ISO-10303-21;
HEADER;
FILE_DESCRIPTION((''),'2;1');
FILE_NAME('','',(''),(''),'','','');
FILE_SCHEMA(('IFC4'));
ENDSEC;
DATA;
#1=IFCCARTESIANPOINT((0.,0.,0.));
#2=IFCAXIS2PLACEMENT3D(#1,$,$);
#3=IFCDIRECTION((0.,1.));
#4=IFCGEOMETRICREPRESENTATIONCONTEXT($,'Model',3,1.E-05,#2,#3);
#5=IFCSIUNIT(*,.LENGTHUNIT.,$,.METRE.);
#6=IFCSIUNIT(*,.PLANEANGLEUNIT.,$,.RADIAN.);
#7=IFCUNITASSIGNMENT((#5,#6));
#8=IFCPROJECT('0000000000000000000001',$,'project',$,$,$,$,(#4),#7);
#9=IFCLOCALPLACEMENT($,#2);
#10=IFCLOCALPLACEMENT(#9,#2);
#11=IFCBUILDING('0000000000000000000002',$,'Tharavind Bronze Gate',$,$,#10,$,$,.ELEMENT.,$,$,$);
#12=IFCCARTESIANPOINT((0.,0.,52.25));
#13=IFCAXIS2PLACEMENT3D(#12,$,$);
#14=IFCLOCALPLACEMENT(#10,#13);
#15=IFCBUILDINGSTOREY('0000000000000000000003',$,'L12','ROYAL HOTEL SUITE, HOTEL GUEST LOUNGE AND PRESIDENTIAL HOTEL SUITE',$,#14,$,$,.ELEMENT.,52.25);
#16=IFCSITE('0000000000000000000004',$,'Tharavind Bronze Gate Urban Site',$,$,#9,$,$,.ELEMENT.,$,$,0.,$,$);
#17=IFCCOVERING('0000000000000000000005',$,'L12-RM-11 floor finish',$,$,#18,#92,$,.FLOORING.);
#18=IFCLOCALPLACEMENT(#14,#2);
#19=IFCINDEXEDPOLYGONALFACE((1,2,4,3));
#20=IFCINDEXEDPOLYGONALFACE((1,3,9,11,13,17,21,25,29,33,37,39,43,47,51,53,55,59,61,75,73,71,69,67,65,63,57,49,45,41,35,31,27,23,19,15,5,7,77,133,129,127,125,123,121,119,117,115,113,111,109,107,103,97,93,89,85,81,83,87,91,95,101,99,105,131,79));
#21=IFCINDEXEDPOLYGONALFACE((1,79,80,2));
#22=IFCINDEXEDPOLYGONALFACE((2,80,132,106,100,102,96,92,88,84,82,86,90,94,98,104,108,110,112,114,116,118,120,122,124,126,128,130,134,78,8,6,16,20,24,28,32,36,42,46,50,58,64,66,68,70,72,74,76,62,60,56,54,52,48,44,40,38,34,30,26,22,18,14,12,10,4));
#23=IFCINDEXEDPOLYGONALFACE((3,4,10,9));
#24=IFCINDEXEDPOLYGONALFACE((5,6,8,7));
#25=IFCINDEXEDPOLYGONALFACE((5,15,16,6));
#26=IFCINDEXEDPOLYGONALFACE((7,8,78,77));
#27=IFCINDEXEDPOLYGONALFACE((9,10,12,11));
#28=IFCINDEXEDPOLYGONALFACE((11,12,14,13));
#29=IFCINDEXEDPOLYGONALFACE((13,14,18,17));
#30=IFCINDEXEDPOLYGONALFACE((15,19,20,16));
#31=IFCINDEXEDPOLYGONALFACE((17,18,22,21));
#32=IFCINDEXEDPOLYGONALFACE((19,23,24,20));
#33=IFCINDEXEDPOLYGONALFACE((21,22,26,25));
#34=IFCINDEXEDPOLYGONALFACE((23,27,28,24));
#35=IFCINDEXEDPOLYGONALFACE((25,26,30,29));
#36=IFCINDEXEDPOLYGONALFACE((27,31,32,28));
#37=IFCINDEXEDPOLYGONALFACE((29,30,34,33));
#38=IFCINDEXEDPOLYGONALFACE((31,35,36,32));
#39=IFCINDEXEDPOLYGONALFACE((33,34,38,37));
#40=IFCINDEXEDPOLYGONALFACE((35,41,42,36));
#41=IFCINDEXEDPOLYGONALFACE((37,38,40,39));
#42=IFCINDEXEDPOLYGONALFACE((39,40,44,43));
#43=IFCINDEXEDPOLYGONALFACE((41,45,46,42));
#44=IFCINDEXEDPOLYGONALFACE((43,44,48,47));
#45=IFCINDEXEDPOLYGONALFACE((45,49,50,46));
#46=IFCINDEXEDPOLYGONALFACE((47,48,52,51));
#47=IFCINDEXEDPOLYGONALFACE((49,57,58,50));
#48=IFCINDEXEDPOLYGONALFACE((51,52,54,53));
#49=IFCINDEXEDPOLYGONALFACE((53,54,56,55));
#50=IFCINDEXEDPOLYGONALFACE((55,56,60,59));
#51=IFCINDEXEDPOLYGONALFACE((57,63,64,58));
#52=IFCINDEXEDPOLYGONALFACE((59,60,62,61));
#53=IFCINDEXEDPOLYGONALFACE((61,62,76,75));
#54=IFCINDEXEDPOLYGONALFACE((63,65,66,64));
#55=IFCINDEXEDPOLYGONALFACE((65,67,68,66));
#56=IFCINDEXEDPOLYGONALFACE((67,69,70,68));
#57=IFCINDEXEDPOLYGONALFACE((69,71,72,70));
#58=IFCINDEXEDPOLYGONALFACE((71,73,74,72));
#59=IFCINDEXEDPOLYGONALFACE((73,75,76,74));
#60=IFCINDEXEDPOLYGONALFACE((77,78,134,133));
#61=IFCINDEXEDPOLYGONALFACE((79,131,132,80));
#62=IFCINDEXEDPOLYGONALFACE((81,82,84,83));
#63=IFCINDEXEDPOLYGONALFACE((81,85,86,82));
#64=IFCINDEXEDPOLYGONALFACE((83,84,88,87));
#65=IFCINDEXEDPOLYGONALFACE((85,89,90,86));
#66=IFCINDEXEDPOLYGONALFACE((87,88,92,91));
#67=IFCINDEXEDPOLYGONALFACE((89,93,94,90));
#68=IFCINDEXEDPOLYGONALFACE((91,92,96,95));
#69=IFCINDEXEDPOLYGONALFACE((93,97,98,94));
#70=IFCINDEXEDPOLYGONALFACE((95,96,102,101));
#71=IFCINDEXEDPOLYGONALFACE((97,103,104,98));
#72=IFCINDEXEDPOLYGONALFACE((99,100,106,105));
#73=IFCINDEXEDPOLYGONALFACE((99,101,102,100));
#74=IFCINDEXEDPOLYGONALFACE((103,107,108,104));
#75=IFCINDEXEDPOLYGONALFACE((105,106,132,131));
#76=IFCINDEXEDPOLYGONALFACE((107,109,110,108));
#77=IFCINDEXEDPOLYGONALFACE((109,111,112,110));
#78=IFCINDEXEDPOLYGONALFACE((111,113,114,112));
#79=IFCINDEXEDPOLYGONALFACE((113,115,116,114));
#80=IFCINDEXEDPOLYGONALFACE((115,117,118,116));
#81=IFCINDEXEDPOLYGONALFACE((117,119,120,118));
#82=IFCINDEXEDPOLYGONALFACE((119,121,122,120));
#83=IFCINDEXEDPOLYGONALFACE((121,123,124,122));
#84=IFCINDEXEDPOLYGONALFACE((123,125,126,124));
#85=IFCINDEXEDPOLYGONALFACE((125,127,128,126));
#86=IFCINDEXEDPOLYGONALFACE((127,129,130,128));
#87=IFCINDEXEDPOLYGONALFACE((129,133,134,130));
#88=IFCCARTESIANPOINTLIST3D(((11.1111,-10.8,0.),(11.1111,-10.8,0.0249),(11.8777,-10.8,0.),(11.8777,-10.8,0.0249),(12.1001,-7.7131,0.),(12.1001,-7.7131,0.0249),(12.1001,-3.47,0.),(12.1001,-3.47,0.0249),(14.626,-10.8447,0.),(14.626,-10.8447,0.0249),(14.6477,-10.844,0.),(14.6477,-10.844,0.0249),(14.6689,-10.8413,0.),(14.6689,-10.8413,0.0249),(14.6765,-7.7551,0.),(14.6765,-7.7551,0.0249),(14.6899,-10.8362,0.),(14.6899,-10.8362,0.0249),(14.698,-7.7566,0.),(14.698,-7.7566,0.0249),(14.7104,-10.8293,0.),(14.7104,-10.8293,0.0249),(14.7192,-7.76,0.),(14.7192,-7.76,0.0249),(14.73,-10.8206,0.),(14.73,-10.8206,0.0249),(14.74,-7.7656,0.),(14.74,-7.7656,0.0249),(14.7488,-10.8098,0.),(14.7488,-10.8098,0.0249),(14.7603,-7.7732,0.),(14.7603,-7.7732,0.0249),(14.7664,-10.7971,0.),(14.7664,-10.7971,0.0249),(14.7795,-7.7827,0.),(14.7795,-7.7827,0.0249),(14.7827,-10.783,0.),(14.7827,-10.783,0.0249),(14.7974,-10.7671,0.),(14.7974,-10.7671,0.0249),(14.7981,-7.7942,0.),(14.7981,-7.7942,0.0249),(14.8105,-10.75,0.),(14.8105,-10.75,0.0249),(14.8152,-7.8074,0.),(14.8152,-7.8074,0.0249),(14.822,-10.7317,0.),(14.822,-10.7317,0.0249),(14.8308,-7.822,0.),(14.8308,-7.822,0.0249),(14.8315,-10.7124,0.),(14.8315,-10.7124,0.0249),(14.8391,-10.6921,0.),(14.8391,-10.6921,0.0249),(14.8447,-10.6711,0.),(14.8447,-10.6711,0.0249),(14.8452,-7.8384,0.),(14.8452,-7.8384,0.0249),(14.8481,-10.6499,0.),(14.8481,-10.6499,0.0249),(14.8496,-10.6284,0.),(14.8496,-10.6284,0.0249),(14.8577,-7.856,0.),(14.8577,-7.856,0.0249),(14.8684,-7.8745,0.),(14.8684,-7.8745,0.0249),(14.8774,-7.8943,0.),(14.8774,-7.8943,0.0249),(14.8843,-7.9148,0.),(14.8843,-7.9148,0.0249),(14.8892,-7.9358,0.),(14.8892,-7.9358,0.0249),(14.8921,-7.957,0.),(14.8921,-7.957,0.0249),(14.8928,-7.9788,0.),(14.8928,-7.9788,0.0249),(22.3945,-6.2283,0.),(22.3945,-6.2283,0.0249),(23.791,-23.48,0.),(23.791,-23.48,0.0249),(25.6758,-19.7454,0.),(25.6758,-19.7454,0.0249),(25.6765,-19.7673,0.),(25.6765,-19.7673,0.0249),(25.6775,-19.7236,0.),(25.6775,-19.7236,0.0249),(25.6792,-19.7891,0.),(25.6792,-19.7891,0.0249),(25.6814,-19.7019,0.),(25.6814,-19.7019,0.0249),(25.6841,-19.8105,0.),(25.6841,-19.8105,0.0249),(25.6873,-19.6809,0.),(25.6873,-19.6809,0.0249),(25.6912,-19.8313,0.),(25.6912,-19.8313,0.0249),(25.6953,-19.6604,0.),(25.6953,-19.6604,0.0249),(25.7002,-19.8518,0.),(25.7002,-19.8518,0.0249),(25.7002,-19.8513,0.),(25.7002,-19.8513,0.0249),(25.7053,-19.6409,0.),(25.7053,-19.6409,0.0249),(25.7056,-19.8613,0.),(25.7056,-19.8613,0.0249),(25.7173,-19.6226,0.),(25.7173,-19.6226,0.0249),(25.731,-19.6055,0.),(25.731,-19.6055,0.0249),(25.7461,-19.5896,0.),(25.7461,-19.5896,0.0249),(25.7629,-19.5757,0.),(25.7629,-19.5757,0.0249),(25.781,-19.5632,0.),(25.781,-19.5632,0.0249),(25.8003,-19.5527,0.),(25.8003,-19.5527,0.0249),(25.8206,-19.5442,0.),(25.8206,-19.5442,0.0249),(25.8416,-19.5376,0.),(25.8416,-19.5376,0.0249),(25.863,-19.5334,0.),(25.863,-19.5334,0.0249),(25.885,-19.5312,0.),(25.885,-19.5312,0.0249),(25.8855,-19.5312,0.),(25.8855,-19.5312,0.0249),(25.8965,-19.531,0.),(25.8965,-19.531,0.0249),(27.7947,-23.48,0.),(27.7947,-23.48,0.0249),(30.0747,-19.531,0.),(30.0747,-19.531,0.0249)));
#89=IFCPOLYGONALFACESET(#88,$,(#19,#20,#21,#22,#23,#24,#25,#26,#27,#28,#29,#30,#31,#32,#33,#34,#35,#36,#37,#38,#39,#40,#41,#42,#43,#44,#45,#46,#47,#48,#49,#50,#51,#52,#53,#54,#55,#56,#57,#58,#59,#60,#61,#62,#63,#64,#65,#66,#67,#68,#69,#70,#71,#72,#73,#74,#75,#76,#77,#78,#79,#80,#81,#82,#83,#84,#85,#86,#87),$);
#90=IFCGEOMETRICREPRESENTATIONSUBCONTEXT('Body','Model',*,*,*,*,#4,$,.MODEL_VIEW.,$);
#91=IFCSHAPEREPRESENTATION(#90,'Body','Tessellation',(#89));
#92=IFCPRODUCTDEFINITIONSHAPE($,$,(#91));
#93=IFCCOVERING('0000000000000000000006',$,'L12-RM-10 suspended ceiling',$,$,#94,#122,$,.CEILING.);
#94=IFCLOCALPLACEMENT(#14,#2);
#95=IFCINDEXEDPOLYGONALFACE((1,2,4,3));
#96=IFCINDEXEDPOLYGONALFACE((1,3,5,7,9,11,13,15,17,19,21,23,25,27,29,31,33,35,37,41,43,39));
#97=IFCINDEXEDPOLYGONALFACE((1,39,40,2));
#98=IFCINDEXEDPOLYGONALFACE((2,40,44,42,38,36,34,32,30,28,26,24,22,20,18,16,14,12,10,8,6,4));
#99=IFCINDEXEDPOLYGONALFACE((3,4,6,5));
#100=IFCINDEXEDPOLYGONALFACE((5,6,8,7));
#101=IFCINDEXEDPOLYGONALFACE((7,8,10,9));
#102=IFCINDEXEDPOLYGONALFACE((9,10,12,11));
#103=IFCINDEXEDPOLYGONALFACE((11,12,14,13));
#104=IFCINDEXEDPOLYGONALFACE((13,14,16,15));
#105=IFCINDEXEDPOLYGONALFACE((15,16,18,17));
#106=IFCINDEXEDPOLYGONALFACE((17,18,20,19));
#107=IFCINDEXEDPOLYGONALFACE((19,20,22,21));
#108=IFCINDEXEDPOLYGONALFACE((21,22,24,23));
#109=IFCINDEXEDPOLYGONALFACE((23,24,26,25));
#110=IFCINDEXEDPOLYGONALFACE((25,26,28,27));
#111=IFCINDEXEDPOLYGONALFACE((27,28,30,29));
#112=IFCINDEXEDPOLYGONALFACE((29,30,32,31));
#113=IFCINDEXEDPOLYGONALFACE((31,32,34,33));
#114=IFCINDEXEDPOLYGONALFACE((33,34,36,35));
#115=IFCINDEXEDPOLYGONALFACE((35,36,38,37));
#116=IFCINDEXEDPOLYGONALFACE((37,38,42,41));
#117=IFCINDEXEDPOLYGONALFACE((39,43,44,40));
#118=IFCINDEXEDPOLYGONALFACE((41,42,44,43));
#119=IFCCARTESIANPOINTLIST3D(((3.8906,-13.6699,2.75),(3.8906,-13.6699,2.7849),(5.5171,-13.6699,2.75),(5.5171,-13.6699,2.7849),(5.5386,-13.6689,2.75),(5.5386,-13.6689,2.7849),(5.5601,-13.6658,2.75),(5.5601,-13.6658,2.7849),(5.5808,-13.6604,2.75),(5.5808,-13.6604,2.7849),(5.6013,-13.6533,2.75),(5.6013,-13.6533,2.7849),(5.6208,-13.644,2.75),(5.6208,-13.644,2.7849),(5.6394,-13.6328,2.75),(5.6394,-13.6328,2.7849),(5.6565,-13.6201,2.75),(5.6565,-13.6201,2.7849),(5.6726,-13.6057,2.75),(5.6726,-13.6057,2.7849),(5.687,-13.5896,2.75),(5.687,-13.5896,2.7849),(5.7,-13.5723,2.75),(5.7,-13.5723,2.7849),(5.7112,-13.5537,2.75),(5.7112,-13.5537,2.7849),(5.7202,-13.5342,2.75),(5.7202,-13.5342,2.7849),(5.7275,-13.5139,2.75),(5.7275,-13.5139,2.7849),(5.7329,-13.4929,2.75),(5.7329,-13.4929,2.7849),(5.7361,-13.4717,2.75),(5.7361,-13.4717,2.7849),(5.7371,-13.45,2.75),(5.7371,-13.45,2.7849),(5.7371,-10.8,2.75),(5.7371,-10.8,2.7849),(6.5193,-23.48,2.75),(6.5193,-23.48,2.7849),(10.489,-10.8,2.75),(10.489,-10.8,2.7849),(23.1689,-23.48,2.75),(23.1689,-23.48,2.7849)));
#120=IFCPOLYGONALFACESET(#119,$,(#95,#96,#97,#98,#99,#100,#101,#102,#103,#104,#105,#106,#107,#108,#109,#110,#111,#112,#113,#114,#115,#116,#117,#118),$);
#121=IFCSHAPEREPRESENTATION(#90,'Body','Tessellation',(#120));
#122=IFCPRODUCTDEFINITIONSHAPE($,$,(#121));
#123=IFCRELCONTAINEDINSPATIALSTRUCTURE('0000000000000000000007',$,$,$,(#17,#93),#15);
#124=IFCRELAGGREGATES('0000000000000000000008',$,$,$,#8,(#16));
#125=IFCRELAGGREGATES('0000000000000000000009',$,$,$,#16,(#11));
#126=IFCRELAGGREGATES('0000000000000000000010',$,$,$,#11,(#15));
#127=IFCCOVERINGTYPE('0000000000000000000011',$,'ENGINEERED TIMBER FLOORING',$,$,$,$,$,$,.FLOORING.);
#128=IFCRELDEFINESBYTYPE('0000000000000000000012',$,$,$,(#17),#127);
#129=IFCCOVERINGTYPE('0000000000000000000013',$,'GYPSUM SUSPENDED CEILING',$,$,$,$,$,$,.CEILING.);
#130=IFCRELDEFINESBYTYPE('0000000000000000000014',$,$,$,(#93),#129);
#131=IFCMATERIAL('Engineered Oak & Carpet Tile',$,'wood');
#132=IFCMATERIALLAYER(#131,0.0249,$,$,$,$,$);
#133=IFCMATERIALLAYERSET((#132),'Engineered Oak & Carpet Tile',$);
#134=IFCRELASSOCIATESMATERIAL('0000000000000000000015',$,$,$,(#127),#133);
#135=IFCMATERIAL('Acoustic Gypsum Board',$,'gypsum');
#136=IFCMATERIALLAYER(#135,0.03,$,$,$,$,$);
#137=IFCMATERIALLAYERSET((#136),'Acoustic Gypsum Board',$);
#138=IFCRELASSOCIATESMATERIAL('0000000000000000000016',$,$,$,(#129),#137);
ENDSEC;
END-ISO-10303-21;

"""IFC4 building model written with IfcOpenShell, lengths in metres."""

from ifc_helpers import new_model, si_unit, direction, frame, origin, place, context, subcontext, project, spatial, polyline, outline, extrude, material, layer, layer_set, type_object, element, save


model = new_model("IFC4")

# Units and contexts
model_context = context("Model", 3, precision=1e-05, world=origin(), true_north=direction((0.0, 1.0)))
body_context = subcontext(model_context, "Body", "Model", "MODEL_VIEW")
ifc_project = project(units=[si_unit("LENGTHUNIT", "METRE"), si_unit("PLANEANGLEUNIT", "RADIAN")], contexts=[model_context])

# Site, building, storey
site_placement = place(None, origin())
site = spatial("IfcSite", under=ifc_project, at=site_placement, Name="Tharavind Bronze Gate Urban Site", CompositionType="ELEMENT", RefElevation=0.0)
building_placement = place(site_placement, origin())
building = spatial("IfcBuilding", under=site, at=building_placement, Name="Tharavind Bronze Gate", CompositionType="ELEMENT")
storey_placement = place(building_placement, frame((0.0, 0.0, 52.25)))
storey = spatial("IfcBuildingStorey", under=building, at=storey_placement, Name="L12", Description="ROYAL HOTEL SUITE, HOTEL GUEST LOUNGE AND PRESIDENTIAL HOTEL SUITE", CompositionType="ELEMENT", Elevation=52.25)

# Coverings
ifc_material_1 = material(Name="Engineered Oak & Carpet Tile", Category="wood")
ifc_layer_1 = layer(ifc_material_1, 0.0249)
ifc_layer_set_1 = layer_set([ifc_layer_1], Name="Engineered Oak & Carpet Tile")
covering_type_1 = type_object("IfcCoveringType", Name="ENGINEERED TIMBER FLOORING", PredefinedType="FLOORING", material=ifc_layer_set_1)
covering_1_placement = place(storey_placement, origin())
element("IfcCovering", 1, at=covering_1_placement, inside=storey, type_object=covering_type_1, Name="L12-RM-11 floor finish", PredefinedType="FLOORING", context=body_context, shape_type="SweptSolid", body=[
    extrude(outline(polyline([(23.791, -23.48), (27.7947, -23.48), (25.7056, -19.8613), (25.7002, -19.8518), (25.7002, -19.8513), (25.6912, -19.8313), (25.6841, -19.8105), (25.6792, -19.7891), (25.6765, -19.7673), (25.6758, -19.7454), (25.6775, -19.7236), (25.6814, -19.7019), (25.6873, -19.6809), (25.6953, -19.6604), (25.7053, -19.6409), (25.7173, -19.6226), (25.731, -19.6055), (25.7461, -19.5896), (25.7629, -19.5757), (25.781, -19.5632), (25.8003, -19.5527), (25.8206, -19.5442), (25.8416, -19.5376), (25.863, -19.5334), (25.885, -19.5312), (25.8855, -19.5312), (25.8965, -19.531), (30.0747, -19.531), (22.3945, -6.2283), (12.1001, -3.47), (12.1001, -7.7131), (14.6765, -7.7551), (14.698, -7.7566), (14.7192, -7.76), (14.74, -7.7656), (14.7603, -7.7732), (14.7795, -7.7827), (14.7981, -7.7942), (14.8152, -7.8074), (14.8308, -7.822), (14.8452, -7.8384), (14.8577, -7.856), (14.8684, -7.8745), (14.8774, -7.8943), (14.8843, -7.9148), (14.8892, -7.9358), (14.8921, -7.957), (14.8928, -7.9788), (14.8496, -10.6284), (14.8481, -10.6499), (14.8447, -10.6711), (14.8391, -10.6921), (14.8315, -10.7124), (14.822, -10.7317), (14.8105, -10.75), (14.7974, -10.7671), (14.7827, -10.783), (14.7664, -10.7971), (14.7488, -10.8098), (14.73, -10.8206), (14.7104, -10.8293), (14.6899, -10.8362), (14.6689, -10.8413), (14.6477, -10.844), (14.626, -10.8447), (11.8777, -10.8), (11.1111, -10.8), (23.791, -23.48)])), origin(), (0.0, 0.0, 1.0), 0.0249),
])
ifc_material_2 = material(Name="Acoustic Gypsum Board", Category="gypsum")
ifc_layer_2 = layer(ifc_material_2, 0.03)
ifc_layer_set_2 = layer_set([ifc_layer_2], Name="Acoustic Gypsum Board")
covering_type_2 = type_object("IfcCoveringType", Name="GYPSUM SUSPENDED CEILING", PredefinedType="CEILING", material=ifc_layer_set_2)
covering_2_placement = place(storey_placement, frame((0.0, 0.0, 2.75)))
element("IfcCovering", 2, at=covering_2_placement, inside=storey, type_object=covering_type_2, Name="L12-RM-10 suspended ceiling", PredefinedType="CEILING", context=body_context, shape_type="SweptSolid", body=[
    extrude(outline(polyline([(5.7371, -13.45), (5.7361, -13.4717), (5.7329, -13.4929), (5.7275, -13.5139), (5.7202, -13.5342), (5.7112, -13.5537), (5.7, -13.5723), (5.687, -13.5896), (5.6726, -13.6057), (5.6565, -13.6201), (5.6394, -13.6328), (5.6208, -13.644), (5.6013, -13.6533), (5.5808, -13.6604), (5.5601, -13.6658), (5.5386, -13.6689), (5.5171, -13.6699), (3.8906, -13.6699), (6.5193, -23.48), (23.1689, -23.48), (10.489, -10.8), (5.7371, -10.8), (5.7371, -13.45)])), origin(), (0.0, 0.0, 1.0), 0.0349),
])

save(model, "model.ifc")
